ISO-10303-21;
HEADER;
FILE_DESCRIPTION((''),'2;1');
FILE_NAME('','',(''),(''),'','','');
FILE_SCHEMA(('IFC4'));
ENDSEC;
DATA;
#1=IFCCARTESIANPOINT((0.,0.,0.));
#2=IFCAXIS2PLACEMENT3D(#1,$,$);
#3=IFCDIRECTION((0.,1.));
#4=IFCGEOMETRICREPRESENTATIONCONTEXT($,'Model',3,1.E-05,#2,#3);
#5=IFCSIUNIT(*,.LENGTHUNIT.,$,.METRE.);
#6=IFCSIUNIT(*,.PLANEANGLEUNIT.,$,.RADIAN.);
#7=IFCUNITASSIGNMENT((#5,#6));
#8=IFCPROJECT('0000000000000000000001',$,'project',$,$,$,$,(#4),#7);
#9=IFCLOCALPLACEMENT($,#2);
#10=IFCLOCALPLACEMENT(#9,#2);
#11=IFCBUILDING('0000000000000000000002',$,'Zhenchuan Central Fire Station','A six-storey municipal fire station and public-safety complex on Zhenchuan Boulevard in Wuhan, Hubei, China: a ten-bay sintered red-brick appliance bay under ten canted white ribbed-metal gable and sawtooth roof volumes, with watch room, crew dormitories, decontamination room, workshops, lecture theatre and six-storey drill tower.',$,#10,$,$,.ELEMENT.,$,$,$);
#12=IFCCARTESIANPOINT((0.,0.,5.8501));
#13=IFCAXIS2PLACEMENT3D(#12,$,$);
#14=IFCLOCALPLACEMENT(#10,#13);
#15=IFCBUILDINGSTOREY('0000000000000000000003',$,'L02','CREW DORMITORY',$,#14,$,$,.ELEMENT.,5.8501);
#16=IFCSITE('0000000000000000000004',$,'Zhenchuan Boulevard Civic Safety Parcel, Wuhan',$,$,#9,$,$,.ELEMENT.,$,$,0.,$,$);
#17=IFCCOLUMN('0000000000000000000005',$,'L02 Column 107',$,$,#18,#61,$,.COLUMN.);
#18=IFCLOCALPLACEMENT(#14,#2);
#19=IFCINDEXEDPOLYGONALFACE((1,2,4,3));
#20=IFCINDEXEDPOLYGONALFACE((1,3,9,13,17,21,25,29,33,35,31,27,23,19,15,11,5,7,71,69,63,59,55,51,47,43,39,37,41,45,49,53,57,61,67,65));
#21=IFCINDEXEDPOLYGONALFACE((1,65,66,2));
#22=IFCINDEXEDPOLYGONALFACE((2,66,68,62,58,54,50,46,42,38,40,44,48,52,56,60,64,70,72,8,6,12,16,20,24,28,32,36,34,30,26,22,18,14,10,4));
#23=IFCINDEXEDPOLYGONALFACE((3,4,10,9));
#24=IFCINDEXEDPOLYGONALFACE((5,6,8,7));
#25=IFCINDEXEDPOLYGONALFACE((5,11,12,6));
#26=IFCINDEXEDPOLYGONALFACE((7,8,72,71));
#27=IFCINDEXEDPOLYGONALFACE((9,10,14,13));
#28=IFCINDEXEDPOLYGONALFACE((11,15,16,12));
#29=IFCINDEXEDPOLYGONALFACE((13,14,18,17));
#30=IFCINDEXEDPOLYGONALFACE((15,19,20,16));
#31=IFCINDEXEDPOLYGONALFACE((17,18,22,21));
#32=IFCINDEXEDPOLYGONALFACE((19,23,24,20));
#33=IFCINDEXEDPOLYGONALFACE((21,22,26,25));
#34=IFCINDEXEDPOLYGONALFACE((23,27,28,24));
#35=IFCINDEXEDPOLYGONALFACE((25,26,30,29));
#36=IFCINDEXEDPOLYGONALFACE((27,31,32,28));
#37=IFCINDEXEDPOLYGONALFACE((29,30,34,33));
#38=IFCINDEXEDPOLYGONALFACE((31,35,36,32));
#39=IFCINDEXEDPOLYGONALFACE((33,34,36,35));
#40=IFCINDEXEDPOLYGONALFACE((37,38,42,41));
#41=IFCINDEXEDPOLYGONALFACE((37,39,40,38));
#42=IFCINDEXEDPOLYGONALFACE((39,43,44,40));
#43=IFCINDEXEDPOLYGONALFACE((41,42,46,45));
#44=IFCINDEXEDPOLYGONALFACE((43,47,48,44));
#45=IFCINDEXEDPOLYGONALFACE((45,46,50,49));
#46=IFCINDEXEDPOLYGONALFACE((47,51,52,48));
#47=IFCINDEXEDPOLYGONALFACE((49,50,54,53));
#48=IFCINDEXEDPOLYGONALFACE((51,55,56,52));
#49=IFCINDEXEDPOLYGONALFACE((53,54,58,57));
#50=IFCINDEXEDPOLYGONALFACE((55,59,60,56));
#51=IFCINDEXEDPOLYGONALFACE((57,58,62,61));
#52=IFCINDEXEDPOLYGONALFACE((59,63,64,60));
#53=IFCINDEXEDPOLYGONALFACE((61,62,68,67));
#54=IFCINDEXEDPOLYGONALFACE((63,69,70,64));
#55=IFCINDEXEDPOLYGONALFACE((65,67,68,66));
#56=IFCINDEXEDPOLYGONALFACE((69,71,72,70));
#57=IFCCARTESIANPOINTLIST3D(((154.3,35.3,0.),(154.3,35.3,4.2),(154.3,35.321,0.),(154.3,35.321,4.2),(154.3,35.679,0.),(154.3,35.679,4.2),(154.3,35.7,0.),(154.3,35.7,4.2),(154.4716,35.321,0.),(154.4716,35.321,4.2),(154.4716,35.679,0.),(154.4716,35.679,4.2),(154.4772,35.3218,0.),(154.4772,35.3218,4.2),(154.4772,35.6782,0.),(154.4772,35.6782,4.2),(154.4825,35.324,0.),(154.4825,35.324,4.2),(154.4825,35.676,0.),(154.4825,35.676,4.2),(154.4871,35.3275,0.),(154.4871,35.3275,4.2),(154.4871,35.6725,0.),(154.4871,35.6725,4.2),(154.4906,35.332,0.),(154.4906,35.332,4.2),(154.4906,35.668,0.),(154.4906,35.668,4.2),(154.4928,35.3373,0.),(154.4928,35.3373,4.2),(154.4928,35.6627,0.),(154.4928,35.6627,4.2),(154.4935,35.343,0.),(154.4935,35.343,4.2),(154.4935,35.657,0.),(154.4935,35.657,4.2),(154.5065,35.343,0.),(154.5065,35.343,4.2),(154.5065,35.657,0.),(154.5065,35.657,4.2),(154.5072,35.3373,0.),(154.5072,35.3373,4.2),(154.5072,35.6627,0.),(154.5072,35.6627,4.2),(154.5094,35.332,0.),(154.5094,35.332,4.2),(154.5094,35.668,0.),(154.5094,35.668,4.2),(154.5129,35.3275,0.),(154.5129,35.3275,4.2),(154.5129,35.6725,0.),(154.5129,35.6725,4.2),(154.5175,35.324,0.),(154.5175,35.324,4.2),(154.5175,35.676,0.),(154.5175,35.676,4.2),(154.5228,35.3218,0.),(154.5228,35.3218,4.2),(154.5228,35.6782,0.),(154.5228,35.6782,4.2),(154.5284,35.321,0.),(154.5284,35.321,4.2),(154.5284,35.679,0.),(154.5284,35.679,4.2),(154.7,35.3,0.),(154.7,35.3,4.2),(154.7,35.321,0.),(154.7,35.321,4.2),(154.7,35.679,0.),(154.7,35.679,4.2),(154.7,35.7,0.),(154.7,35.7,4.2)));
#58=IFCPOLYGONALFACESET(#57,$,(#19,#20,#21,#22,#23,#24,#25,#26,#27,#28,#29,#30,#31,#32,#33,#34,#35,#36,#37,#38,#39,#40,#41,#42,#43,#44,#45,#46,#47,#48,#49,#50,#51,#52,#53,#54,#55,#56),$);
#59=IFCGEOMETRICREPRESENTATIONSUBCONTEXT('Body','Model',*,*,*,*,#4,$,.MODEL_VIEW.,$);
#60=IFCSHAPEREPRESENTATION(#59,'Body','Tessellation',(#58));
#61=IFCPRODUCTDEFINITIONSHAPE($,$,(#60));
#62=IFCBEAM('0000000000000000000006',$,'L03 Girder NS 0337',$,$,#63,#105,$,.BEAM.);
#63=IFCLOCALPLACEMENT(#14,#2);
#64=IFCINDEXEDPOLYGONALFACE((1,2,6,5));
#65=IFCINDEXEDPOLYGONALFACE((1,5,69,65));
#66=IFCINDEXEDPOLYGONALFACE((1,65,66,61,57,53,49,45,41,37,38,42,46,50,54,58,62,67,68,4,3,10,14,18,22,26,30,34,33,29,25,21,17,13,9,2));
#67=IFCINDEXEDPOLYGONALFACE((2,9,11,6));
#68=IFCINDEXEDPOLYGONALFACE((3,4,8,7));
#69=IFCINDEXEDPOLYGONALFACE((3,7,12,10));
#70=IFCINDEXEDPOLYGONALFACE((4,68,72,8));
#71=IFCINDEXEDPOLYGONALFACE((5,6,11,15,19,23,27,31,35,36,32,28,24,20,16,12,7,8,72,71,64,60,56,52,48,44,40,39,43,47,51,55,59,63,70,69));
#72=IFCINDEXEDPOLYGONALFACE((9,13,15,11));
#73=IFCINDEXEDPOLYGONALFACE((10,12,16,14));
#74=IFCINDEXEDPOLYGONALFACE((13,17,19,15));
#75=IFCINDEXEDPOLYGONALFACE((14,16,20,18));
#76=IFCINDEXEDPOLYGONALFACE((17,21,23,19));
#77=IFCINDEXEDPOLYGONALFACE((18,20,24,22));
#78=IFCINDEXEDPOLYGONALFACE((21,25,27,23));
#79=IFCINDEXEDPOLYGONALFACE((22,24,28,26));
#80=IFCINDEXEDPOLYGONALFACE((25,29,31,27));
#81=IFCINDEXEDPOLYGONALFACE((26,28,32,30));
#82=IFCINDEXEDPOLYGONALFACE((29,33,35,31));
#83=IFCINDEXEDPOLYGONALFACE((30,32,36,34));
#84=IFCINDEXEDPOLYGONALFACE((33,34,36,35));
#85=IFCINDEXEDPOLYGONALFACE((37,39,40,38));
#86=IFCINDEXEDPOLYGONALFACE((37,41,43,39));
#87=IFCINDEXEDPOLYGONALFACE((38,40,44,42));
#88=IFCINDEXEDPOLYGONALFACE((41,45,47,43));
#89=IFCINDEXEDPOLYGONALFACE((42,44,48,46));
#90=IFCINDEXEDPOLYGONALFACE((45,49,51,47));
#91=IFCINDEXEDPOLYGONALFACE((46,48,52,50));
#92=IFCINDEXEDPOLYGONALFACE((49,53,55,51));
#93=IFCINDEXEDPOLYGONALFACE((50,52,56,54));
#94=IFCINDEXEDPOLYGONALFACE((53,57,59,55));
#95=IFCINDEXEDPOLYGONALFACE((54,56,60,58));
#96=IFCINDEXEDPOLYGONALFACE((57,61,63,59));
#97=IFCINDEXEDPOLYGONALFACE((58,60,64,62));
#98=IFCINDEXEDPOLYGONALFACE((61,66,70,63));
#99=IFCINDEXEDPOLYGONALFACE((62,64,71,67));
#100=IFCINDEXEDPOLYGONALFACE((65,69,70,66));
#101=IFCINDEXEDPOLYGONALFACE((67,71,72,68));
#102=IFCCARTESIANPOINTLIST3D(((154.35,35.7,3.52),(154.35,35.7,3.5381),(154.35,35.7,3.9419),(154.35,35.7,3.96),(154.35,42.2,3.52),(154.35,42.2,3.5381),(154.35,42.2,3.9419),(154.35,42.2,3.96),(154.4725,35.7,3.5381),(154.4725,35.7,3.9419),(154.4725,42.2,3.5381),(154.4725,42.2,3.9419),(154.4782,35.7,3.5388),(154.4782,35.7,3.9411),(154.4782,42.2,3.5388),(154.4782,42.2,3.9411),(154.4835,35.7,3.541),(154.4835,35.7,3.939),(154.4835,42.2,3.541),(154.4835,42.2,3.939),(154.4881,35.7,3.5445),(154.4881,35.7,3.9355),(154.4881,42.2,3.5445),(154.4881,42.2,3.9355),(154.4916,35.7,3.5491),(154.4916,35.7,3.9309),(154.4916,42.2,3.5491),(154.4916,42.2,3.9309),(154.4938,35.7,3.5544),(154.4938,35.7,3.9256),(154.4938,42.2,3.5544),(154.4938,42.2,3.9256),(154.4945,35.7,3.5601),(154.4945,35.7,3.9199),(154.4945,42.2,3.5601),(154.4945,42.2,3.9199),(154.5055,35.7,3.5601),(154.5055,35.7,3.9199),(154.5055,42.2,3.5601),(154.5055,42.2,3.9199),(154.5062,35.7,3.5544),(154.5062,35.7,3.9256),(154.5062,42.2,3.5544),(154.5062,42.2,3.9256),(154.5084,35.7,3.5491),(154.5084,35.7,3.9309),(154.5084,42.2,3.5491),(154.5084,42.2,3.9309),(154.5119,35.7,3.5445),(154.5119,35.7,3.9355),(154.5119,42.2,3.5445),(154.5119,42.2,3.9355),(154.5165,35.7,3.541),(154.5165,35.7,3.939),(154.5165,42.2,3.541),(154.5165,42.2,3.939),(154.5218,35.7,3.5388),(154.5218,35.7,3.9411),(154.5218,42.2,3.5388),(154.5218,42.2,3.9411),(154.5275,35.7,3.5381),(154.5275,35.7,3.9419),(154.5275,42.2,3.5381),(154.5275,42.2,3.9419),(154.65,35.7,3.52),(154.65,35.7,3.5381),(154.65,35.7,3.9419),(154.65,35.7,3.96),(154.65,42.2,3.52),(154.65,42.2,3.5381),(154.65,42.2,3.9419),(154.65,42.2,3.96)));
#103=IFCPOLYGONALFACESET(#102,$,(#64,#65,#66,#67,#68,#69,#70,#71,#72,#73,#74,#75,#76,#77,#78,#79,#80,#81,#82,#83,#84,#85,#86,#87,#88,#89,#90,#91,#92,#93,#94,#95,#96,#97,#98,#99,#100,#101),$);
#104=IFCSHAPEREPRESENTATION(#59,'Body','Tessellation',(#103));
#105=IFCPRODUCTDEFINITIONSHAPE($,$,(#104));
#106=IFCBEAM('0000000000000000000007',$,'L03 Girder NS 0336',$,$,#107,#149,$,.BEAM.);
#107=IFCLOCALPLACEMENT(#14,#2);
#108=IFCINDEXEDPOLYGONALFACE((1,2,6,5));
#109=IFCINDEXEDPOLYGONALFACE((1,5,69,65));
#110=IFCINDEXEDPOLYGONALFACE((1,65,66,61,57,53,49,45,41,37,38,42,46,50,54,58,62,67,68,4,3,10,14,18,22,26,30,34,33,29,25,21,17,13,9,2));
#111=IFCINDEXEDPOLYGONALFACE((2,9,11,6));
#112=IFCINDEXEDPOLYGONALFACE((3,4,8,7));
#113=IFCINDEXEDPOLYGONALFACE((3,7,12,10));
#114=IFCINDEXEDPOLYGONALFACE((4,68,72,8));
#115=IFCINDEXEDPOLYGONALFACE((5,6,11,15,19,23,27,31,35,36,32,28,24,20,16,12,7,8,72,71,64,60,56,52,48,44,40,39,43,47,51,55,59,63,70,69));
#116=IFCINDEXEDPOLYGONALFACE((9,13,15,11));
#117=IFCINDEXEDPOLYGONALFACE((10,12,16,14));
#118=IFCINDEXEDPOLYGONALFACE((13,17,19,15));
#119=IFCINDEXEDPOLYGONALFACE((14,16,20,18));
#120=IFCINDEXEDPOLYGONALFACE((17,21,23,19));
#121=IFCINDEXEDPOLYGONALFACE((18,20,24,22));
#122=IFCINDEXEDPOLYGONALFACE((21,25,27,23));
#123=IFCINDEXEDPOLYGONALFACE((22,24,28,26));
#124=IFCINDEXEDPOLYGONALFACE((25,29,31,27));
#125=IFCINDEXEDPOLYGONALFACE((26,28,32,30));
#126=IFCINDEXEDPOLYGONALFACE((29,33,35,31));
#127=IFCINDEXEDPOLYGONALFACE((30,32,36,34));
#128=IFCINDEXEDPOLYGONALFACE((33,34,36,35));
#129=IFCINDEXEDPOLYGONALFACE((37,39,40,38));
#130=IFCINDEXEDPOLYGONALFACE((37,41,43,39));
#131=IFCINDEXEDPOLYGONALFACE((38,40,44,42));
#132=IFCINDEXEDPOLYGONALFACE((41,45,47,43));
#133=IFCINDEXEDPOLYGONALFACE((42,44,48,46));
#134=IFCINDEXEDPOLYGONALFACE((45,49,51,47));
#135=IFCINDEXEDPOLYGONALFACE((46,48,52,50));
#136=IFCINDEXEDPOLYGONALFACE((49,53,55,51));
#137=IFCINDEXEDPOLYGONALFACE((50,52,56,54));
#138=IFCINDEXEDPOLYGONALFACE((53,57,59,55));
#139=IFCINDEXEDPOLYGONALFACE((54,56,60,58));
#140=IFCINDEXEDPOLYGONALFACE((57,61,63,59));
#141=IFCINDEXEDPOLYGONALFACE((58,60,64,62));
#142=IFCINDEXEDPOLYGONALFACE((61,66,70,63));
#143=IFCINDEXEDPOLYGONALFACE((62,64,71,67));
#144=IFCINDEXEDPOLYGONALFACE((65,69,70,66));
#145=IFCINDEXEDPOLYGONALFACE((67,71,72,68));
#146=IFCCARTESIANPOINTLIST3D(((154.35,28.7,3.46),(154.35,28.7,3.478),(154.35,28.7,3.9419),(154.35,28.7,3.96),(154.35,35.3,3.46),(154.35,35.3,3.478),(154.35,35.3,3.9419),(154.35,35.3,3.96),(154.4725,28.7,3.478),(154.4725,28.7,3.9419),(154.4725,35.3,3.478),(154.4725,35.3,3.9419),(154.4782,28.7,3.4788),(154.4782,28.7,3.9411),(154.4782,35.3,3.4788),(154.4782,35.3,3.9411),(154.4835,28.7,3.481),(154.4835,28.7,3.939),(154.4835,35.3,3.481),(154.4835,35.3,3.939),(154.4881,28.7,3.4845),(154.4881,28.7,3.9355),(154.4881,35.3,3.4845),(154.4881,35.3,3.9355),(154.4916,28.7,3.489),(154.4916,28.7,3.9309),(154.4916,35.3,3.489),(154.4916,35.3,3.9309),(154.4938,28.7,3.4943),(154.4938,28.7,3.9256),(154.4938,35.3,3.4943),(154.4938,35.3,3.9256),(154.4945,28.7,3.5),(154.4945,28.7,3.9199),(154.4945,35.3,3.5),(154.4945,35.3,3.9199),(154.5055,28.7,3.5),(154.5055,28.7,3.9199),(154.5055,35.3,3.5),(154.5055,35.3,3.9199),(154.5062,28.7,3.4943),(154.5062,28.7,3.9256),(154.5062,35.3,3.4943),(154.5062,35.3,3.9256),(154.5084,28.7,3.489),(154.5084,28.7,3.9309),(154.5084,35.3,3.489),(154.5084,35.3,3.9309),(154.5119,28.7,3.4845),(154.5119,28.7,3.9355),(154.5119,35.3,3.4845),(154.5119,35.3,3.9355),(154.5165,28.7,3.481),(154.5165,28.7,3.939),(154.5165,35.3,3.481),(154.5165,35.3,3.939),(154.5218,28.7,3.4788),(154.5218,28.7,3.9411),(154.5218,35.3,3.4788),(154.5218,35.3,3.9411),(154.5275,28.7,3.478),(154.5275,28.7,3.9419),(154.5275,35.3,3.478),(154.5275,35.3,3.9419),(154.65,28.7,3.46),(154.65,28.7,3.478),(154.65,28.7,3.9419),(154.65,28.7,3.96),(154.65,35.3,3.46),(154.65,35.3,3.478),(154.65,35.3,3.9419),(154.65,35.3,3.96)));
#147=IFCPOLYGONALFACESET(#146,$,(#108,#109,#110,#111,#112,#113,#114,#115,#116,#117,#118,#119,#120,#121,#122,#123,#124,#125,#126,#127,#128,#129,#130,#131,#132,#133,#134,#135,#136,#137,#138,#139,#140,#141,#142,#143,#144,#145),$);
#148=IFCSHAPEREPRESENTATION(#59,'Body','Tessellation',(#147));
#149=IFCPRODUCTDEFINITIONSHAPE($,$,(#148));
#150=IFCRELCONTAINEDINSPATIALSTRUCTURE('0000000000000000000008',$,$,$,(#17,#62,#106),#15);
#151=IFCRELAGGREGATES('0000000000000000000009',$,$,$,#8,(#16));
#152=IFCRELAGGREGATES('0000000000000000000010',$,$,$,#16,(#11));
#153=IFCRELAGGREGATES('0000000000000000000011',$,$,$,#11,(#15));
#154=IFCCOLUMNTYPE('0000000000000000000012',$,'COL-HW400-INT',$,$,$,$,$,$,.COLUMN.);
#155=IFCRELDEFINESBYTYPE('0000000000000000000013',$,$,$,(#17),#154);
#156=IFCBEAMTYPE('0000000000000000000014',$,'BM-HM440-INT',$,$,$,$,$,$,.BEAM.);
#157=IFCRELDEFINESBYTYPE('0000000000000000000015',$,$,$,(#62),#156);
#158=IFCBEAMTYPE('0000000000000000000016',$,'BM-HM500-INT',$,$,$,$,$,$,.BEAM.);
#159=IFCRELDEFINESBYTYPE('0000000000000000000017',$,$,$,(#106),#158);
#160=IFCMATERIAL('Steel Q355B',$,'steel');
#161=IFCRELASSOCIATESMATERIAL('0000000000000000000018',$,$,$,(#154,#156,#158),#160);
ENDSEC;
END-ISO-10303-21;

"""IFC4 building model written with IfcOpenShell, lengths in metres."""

from ifc_helpers import new_model, si_unit, direction, frame, origin, origin_2d, place, context, subcontext, project, spatial, i_section, extrude, material, material_profile, profile_set, type_object, element, save


model = new_model("IFC4")

# Units and contexts
model_context = context("Model", 3, precision=1e-05, world=origin(), true_north=direction((0.0, 1.0)))
body_context = subcontext(model_context, "Body", "Model", "MODEL_VIEW")
ifc_project = project(units=[si_unit("LENGTHUNIT", "METRE"), si_unit("PLANEANGLEUNIT", "RADIAN")], contexts=[model_context])

# Site, building, storey
site_placement = place(None, origin())
site = spatial("IfcSite", under=ifc_project, at=site_placement, Name="Zhenchuan Boulevard Civic Safety Parcel, Wuhan", CompositionType="ELEMENT", RefElevation=0.0)
building_placement = place(site_placement, origin())
building = spatial("IfcBuilding", under=site, at=building_placement, Name="Zhenchuan Central Fire Station", Description="A six-storey municipal fire station and public-safety complex on Zhenchuan Boulevard in Wuhan, Hubei, China: a ten-bay sintered red-brick appliance bay under ten canted white ribbed-metal gable and sawtooth roof volumes, with watch room, crew dormitories, decontamination room, workshops, lecture theatre and six-storey drill tower.", CompositionType="ELEMENT")
storey_placement = place(building_placement, frame((0.0, 0.0, 5.8501)))
storey = spatial("IfcBuildingStorey", under=building, at=storey_placement, Name="L02", Description="CREW DORMITORY", CompositionType="ELEMENT", Elevation=5.8501)

# Column
ifc_material_1 = material(Name="Steel Q355B", Category="steel")
ifc_material_profile_1 = material_profile(ifc_material_1, i_section(OverallWidth=0.3999, OverallDepth=0.3999, WebThickness=0.0129, FlangeThickness=0.021, FilletRadius=0.022, at=origin_2d()), Name="HW 400x400")
ifc_profile_set_1 = profile_set([ifc_material_profile_1], Name="Steel Q355B")
column_type = type_object("IfcColumnType", Name="COL-HW400-INT", PredefinedType="COLUMN", material=ifc_profile_set_1)
column_placement = place(storey_placement, frame((154.5, 35.5, 0.0), z_axis=(0.0, 0.0, 1.0), x_axis=(1.0, 0.0, 0.0)))
element("IfcColumn", 1, at=column_placement, inside=storey, type_object=column_type, Name="L02 Column 107", PredefinedType="COLUMN", context=body_context, shape_type="SweptSolid", body=[
    extrude(i_section(OverallWidth=0.3999, OverallDepth=0.3999, WebThickness=0.0129, FlangeThickness=0.021, FilletRadius=0.022, at=origin_2d()), origin(), (0.0, 0.0, 1.0), 4.2),
])

# Beams
ifc_material_profile_2 = material_profile(ifc_material_1, i_section(OverallWidth=0.3, OverallDepth=0.4399, WebThickness=0.011, FlangeThickness=0.0181, FilletRadius=0.022, at=origin_2d()), Name="HM 440x300")
ifc_profile_set_2 = profile_set([ifc_material_profile_2], Name="Steel Q355B")
beam_type_1 = type_object("IfcBeamType", Name="BM-HM440-INT", PredefinedType="BEAM", material=ifc_profile_set_2)
beam_1_placement = place(storey_placement, frame((154.5, 35.7, 3.74), z_axis=(0.0, 1.0, 0.0), x_axis=(-1.0, 0.0, 0.0)))
element("IfcBeam", 2, at=beam_1_placement, inside=storey, type_object=beam_type_1, Name="L03 Girder NS 0337", PredefinedType="BEAM", context=body_context, shape_type="SweptSolid", body=[
    extrude(i_section(OverallWidth=0.3, OverallDepth=0.4399, WebThickness=0.011, FlangeThickness=0.0181, FilletRadius=0.022, at=origin_2d()), origin(), (0.0, 0.0, 1.0), 6.5),
])
ifc_material_profile_3 = material_profile(ifc_material_1, i_section(OverallWidth=0.3, OverallDepth=0.5, WebThickness=0.011, FlangeThickness=0.0181, FilletRadius=0.022, at=origin_2d()), Name="HM 500x300")
ifc_profile_set_3 = profile_set([ifc_material_profile_3], Name="Steel Q355B")
beam_type_2 = type_object("IfcBeamType", Name="BM-HM500-INT", PredefinedType="BEAM", material=ifc_profile_set_3)
beam_2_placement = place(storey_placement, frame((154.5, 28.7, 3.71), z_axis=(0.0, 1.0, 0.0), x_axis=(-1.0, 0.0, 0.0)))
element("IfcBeam", 3, at=beam_2_placement, inside=storey, type_object=beam_type_2, Name="L03 Girder NS 0336", PredefinedType="BEAM", context=body_context, shape_type="SweptSolid", body=[
    extrude(i_section(OverallWidth=0.3, OverallDepth=0.5, WebThickness=0.011, FlangeThickness=0.0181, FilletRadius=0.022, at=origin_2d()), origin(), (0.0, 0.0, 1.0), 6.6001),
])

save(model, "model.ifc")
